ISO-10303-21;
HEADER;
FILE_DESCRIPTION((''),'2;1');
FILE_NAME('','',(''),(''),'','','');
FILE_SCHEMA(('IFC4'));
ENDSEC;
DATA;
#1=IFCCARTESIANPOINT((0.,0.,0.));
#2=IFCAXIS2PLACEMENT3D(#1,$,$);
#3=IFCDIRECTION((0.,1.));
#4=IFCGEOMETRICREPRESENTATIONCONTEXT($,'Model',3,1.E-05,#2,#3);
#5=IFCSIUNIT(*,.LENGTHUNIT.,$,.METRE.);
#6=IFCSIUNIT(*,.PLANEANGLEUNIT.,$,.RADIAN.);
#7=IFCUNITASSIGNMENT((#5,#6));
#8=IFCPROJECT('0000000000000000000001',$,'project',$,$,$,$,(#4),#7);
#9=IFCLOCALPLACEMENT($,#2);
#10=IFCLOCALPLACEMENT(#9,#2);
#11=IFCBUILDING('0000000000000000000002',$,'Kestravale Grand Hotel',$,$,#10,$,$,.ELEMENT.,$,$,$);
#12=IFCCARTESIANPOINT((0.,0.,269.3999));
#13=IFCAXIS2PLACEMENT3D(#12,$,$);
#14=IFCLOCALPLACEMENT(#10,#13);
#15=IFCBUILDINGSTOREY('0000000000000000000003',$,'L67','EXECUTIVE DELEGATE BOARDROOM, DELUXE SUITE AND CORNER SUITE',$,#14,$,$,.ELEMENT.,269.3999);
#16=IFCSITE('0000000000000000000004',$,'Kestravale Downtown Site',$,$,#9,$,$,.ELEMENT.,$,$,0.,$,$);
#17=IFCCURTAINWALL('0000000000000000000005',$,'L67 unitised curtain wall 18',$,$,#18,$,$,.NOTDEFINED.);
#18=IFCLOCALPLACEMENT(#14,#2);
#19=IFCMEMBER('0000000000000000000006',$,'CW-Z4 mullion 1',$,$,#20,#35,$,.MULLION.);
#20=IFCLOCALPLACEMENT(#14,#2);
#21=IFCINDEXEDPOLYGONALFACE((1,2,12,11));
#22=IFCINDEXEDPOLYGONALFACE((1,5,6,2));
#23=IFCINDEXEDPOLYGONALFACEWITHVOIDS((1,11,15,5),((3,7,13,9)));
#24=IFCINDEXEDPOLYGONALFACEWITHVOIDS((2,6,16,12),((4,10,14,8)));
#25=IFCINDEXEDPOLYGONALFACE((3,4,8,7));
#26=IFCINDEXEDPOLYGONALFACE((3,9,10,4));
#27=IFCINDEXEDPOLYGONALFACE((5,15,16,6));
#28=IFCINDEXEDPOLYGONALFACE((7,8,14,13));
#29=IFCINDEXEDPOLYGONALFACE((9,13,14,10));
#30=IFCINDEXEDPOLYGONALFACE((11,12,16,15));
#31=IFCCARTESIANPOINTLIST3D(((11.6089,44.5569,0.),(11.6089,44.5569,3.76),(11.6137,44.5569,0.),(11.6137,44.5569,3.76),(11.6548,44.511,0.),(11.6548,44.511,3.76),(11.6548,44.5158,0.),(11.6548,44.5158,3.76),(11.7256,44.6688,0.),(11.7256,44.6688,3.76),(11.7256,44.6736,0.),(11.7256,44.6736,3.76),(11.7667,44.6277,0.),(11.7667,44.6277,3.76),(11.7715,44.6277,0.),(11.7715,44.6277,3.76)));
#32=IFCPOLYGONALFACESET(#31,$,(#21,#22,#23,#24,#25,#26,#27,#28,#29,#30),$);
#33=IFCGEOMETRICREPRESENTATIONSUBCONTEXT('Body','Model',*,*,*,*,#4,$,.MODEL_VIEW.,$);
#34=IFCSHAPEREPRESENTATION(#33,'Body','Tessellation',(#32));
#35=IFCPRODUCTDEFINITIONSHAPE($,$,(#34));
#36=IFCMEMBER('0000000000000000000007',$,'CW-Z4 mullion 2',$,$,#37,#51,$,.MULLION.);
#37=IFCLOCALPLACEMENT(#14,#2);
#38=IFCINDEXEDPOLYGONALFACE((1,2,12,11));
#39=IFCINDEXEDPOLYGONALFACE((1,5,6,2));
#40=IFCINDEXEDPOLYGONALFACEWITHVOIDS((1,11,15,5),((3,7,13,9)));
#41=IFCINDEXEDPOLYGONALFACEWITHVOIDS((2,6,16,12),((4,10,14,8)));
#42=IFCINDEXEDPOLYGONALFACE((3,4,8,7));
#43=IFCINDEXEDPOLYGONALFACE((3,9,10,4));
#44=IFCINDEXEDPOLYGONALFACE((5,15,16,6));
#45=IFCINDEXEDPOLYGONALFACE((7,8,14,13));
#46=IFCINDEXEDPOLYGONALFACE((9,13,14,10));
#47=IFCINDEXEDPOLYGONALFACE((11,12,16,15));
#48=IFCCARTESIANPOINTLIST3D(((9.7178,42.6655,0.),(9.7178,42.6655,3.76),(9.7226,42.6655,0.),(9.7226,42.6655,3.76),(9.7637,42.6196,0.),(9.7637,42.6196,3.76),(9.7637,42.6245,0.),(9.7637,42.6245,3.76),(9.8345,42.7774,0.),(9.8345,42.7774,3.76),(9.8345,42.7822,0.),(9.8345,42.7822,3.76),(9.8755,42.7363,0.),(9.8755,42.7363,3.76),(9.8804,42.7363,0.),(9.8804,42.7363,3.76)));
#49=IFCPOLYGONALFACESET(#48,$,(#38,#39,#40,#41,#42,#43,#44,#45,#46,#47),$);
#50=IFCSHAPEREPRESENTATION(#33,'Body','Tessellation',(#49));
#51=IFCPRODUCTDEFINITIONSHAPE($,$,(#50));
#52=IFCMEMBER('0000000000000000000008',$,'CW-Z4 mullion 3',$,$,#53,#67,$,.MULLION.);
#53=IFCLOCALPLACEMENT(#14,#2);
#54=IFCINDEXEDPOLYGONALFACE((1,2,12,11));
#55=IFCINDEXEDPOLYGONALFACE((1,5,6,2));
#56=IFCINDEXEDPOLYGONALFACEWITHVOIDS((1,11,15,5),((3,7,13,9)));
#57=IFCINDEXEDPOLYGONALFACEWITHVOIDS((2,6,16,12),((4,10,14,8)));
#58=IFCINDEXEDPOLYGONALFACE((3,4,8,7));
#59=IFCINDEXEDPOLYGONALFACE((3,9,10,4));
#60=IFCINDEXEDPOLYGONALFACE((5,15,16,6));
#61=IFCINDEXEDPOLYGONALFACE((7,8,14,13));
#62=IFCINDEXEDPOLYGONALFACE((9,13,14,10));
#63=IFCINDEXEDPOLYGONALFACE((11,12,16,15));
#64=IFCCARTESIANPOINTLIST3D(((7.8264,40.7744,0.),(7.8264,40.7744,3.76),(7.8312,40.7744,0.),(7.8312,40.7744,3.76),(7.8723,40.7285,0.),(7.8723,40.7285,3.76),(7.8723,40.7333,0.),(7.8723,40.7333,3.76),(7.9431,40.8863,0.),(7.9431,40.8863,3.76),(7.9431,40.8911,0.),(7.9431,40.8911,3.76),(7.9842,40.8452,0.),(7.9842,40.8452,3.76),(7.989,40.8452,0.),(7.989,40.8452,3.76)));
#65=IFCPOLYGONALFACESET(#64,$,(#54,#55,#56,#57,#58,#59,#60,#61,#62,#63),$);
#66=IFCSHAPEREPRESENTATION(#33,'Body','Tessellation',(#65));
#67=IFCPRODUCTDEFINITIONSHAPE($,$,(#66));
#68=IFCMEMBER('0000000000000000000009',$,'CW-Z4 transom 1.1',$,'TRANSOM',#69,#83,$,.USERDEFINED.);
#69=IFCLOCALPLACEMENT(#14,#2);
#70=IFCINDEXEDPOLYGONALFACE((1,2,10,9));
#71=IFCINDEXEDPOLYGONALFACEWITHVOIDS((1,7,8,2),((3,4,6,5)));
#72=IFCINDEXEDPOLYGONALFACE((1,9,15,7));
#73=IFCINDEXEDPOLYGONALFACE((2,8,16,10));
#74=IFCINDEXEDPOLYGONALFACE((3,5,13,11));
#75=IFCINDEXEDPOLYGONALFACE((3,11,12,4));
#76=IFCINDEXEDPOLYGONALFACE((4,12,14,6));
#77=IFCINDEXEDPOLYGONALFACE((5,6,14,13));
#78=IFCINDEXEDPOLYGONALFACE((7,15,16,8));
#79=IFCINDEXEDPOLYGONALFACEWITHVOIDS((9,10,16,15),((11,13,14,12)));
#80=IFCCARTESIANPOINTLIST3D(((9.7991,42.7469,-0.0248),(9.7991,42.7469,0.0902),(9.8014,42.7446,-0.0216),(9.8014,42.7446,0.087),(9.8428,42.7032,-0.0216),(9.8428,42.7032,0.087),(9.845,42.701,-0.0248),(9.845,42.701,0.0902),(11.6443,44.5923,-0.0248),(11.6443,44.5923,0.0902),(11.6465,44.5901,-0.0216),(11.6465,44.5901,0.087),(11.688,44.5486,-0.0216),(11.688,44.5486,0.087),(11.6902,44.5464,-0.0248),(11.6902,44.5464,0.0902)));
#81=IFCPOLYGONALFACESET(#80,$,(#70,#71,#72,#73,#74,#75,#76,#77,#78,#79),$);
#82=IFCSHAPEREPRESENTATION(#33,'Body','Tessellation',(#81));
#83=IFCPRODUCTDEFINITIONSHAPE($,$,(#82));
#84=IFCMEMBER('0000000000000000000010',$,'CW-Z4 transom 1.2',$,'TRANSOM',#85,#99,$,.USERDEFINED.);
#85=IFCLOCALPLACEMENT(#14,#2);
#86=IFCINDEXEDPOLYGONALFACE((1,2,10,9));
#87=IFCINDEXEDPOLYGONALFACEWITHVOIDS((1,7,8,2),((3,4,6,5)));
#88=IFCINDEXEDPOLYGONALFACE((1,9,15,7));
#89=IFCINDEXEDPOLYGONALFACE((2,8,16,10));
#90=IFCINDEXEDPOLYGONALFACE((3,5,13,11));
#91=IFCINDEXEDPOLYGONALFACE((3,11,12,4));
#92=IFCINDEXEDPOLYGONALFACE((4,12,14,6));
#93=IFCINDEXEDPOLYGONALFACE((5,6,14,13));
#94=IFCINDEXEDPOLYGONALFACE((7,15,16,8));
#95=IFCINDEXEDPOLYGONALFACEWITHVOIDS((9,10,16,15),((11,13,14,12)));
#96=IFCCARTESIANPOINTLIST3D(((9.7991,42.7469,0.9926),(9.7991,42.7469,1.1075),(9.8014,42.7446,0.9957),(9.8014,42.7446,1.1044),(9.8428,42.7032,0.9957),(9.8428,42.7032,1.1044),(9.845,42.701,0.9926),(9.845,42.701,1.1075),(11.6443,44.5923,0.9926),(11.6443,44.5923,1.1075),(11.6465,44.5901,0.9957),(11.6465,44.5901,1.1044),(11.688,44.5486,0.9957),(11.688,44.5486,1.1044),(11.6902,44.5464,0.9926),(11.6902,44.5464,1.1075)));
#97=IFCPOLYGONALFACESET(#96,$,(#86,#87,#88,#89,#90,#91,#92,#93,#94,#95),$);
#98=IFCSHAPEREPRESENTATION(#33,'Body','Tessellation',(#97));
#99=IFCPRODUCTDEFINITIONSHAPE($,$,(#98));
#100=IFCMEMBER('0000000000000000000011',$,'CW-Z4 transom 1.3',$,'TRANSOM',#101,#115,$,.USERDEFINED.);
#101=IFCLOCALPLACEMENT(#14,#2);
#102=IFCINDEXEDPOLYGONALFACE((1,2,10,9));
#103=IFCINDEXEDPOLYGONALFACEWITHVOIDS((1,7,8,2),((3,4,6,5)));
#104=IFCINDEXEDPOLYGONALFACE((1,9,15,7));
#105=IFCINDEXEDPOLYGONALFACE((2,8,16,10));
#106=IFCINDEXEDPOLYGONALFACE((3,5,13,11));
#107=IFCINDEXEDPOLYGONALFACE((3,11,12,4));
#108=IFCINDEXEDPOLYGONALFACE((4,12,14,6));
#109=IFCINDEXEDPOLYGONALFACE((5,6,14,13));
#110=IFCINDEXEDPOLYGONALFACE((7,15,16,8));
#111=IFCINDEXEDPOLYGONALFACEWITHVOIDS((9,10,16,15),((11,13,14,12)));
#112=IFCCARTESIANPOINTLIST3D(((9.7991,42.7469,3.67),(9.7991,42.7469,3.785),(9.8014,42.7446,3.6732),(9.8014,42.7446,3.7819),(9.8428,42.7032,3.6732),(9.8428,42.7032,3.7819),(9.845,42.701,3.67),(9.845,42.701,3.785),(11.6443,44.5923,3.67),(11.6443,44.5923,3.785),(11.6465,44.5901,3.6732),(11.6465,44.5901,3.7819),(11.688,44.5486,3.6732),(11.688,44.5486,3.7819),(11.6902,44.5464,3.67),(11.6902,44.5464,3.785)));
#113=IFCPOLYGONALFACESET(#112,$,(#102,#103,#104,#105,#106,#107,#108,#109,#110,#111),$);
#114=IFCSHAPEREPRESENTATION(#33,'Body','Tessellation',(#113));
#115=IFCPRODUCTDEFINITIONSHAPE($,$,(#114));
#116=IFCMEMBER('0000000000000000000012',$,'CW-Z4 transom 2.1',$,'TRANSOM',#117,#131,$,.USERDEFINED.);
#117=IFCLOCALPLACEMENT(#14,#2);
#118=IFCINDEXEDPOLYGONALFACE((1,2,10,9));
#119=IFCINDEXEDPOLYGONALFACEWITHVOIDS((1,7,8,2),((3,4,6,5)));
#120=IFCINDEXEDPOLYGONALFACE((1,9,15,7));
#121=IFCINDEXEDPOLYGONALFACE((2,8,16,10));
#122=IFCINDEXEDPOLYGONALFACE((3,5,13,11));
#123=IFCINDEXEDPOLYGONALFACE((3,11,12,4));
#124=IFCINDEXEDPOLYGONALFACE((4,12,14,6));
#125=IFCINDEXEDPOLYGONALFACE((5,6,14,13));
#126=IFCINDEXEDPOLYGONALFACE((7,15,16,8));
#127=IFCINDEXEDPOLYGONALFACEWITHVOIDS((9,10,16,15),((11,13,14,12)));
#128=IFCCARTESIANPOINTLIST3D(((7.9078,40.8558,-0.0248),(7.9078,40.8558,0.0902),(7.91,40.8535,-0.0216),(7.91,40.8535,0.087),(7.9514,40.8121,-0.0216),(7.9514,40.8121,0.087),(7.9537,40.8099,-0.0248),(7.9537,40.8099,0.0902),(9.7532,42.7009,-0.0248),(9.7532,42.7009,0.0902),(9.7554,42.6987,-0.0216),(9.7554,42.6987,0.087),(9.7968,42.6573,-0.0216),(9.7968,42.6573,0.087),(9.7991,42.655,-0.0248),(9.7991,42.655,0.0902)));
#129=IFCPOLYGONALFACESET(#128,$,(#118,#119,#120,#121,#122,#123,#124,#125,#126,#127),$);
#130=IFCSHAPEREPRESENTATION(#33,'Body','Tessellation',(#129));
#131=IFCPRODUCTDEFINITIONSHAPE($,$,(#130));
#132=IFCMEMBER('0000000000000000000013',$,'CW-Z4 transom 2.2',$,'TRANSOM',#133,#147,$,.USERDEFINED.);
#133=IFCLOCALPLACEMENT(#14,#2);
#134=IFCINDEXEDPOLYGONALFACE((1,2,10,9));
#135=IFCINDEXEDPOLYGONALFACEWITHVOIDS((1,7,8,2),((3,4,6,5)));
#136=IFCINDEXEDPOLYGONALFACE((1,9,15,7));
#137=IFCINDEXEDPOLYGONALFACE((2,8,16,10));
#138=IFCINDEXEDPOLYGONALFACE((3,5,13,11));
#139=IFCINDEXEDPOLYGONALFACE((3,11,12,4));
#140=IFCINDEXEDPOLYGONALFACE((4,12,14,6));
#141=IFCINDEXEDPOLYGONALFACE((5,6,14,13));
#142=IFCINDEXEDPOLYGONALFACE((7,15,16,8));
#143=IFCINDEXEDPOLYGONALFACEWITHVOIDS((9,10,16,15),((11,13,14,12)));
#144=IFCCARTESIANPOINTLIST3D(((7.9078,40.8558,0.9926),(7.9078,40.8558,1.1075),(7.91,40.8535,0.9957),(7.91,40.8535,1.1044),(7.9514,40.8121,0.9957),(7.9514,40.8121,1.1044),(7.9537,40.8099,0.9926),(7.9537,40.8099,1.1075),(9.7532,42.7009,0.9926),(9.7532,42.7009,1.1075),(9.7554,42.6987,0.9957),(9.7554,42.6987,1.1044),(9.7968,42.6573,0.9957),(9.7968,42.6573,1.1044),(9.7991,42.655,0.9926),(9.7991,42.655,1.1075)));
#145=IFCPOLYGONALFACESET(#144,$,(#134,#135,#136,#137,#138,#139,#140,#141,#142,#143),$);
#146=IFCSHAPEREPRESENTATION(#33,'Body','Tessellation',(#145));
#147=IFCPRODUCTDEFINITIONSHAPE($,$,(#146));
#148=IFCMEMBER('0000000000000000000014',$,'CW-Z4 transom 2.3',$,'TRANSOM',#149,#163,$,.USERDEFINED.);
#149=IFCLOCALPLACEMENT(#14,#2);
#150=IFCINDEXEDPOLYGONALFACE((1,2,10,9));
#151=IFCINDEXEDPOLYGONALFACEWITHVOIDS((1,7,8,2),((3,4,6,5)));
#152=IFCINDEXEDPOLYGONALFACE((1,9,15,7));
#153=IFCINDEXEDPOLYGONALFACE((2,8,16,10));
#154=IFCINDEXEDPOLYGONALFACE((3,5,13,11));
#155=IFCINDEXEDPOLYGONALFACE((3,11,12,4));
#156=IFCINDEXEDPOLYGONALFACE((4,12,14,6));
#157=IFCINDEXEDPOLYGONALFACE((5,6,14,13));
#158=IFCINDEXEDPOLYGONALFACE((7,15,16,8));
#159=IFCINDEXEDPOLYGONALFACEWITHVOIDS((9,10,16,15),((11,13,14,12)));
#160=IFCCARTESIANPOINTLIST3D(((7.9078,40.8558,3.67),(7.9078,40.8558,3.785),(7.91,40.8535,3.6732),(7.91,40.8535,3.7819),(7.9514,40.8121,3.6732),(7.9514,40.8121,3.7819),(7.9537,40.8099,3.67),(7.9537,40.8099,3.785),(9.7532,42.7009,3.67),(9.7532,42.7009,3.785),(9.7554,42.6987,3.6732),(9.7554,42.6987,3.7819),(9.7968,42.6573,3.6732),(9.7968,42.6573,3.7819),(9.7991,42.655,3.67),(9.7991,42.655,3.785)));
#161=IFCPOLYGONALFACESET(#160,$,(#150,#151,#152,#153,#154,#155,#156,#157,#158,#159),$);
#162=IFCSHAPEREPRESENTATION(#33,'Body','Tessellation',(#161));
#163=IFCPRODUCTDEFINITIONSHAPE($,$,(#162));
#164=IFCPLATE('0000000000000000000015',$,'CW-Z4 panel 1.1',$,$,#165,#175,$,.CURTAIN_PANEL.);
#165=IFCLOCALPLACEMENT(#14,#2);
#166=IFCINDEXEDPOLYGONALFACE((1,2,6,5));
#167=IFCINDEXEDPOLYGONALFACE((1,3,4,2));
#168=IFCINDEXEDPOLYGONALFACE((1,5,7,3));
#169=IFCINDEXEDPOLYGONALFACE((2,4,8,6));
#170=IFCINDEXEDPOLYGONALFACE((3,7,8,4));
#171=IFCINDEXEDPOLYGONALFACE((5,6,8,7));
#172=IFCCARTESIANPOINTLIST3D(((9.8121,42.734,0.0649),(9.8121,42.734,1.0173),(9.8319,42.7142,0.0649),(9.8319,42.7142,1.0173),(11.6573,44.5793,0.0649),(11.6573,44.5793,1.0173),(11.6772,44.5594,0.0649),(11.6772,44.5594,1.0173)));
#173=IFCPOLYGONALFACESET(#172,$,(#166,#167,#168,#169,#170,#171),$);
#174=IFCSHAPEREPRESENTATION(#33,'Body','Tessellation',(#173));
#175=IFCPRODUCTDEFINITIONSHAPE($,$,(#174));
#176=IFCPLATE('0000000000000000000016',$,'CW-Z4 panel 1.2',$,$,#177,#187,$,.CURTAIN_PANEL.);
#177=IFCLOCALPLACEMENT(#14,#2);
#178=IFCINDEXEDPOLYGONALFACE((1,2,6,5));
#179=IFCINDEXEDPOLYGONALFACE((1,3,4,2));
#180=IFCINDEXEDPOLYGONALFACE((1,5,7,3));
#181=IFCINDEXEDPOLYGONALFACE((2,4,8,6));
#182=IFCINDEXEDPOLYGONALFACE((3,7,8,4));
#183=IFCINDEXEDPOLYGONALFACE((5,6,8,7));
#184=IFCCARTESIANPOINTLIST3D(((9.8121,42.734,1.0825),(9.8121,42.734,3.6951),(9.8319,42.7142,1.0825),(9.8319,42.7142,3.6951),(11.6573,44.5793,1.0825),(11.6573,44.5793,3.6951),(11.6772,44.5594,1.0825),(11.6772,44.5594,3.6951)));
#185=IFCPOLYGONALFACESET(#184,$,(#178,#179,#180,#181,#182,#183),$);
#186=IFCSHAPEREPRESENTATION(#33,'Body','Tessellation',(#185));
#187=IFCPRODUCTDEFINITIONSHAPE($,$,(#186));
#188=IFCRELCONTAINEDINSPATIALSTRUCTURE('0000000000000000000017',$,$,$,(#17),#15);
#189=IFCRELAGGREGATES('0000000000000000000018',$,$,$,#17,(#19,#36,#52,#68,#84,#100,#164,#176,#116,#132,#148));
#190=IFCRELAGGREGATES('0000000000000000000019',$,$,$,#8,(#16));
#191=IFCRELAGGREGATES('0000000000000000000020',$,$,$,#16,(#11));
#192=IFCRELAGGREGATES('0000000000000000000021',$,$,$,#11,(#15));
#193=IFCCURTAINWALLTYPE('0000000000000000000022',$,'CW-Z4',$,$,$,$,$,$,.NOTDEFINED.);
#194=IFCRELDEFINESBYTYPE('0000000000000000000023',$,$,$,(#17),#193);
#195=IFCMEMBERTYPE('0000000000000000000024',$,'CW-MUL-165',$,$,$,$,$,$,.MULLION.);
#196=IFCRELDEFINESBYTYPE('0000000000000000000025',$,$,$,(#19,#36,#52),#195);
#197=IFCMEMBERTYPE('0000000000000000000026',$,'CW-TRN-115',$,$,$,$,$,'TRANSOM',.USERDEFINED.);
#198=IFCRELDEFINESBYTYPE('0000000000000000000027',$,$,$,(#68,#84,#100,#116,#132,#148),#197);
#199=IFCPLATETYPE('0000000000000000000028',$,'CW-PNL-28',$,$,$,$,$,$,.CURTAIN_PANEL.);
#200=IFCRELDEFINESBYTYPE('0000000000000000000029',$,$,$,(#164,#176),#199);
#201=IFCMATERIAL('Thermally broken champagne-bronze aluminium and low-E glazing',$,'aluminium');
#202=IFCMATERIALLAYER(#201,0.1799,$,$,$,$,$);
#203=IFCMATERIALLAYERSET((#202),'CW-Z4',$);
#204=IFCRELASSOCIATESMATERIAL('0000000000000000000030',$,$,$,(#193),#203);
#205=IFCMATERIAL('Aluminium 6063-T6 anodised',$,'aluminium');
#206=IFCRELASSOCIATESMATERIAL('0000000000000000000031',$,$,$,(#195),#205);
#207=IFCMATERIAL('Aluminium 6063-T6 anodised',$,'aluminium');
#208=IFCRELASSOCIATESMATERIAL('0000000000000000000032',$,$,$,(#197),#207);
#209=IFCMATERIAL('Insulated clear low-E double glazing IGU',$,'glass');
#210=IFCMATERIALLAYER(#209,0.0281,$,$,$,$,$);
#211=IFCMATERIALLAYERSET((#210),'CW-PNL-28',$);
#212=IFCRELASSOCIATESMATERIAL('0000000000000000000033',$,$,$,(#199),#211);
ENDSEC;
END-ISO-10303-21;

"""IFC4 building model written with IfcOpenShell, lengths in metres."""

from ifc_helpers import new_model, si_unit, direction, frame, origin, origin_2d, place, context, subcontext, project, spatial, rectangle, hollow_rectangle, extrude, material, layer, layer_set, material_profile, profile_set, type_object, element, aggregate, save


model = new_model("IFC4")

# Units and contexts
model_context = context("Model", 3, precision=1e-05, world=origin(), true_north=direction((0.0, 1.0)))
body_context = subcontext(model_context, "Body", "Model", "MODEL_VIEW")
ifc_project = project(units=[si_unit("LENGTHUNIT", "METRE"), si_unit("PLANEANGLEUNIT", "RADIAN")], contexts=[model_context])

# Site, building, storey
site_placement = place(None, origin())
site = spatial("IfcSite", under=ifc_project, at=site_placement, Name="Kestravale Downtown Site", CompositionType="ELEMENT", RefElevation=0.0)
building_placement = place(site_placement, origin())
building = spatial("IfcBuilding", under=site, at=building_placement, Name="Kestravale Grand Hotel", CompositionType="ELEMENT")
storey_placement = place(building_placement, frame((0.0, 0.0, 269.3999)))
storey = spatial("IfcBuildingStorey", under=building, at=storey_placement, Name="L67", Description="EXECUTIVE DELEGATE BOARDROOM, DELUXE SUITE AND CORNER SUITE", CompositionType="ELEMENT", Elevation=269.3999)

# Curtain wall, members, plates
ifc_material_1 = material(Name="Thermally broken champagne-bronze aluminium and low-E glazing", Category="aluminium")
ifc_layer_1 = layer(ifc_material_1, 0.1799)
ifc_layer_set_1 = layer_set([ifc_layer_1], Name="CW-Z4")
curtain_wall_type = type_object("IfcCurtainWallType", Name="CW-Z4", PredefinedType="NOTDEFINED", material=ifc_layer_set_1)
curtain_wall_placement = place(storey_placement, origin())
curtain_wall = element("IfcCurtainWall", 1, at=curtain_wall_placement, inside=storey, type_object=curtain_wall_type, Name="L67 unitised curtain wall 18", PredefinedType="NOTDEFINED")
ifc_material_2 = material(Name="Aluminium 6063-T6 anodised", Category="aluminium")
ifc_material_profile_1 = material_profile(ifc_material_2, hollow_rectangle(XDim=0.0649, YDim=0.165, WallThickness=0.0034, at=origin_2d()))
ifc_profile_set_1 = profile_set([ifc_material_profile_1], Name="Aluminium 6063-T6 anodised")
member_type_1 = type_object("IfcMemberType", Name="CW-MUL-165", PredefinedType="MULLION", material=ifc_profile_set_1)
member_1_placement = place(storey_placement, frame((11.6902, 44.5923, 0.0), z_axis=(0.0, 0.0, 1.0), x_axis=(0.707107, -0.707107, 0.0)))
member_1 = element("IfcMember", 2, at=member_1_placement, type_object=member_type_1, Name="CW-Z4 mullion 1", PredefinedType="MULLION", context=body_context, shape_type="SweptSolid", body=[
    extrude(hollow_rectangle(XDim=0.0649, YDim=0.165, WallThickness=0.0034, at=origin_2d()), origin(), (0.0, 0.0, 1.0), 3.76),
])
member_2_placement = place(storey_placement, frame((9.7991, 42.7009, 0.0), z_axis=(0.0, 0.0, 1.0), x_axis=(0.707107, -0.707107, 0.0)))
member_2 = element("IfcMember", 3, at=member_2_placement, type_object=member_type_1, Name="CW-Z4 mullion 2", PredefinedType="MULLION", context=body_context, shape_type="SweptSolid", body=[
    extrude(hollow_rectangle(XDim=0.0649, YDim=0.165, WallThickness=0.0034, at=origin_2d()), origin(), (0.0, 0.0, 1.0), 3.76),
])
member_3_placement = place(storey_placement, frame((7.9077, 40.8098, 0.0), z_axis=(0.0, 0.0, 1.0), x_axis=(0.707107, -0.707107, 0.0)))
member_3 = element("IfcMember", 4, at=member_3_placement, type_object=member_type_1, Name="CW-Z4 mullion 3", PredefinedType="MULLION", context=body_context, shape_type="SweptSolid", body=[
    extrude(hollow_rectangle(XDim=0.0649, YDim=0.165, WallThickness=0.0034, at=origin_2d()), origin(), (0.0, 0.0, 1.0), 3.76),
])
ifc_material_3 = material(Name="Aluminium 6063-T6 anodised", Category="aluminium")
ifc_material_profile_2 = material_profile(ifc_material_3, hollow_rectangle(XDim=0.0649, YDim=0.115, WallThickness=0.0032, at=origin_2d()))
ifc_profile_set_2 = profile_set([ifc_material_profile_2], Name="Aluminium 6063-T6 anodised")
member_type_2 = type_object("IfcMemberType", Name="CW-TRN-115", ElementType="TRANSOM", PredefinedType="USERDEFINED", material=ifc_profile_set_2)
member_4_placement = place(storey_placement, frame((11.6672, 44.5693, 0.0327), z_axis=(-0.70706, -0.707154, 0.0), x_axis=(0.707154, -0.70706, 0.0)))
member_4 = element("IfcMember", 5, at=member_4_placement, type_object=member_type_2, Name="CW-Z4 transom 1.1", ObjectType="TRANSOM", PredefinedType="USERDEFINED", context=body_context, shape_type="SweptSolid", body=[
    extrude(hollow_rectangle(XDim=0.0649, YDim=0.115, WallThickness=0.0032, at=origin_2d()), origin(), (0.0, 0.0, 1.0), 2.6096),
])
member_5_placement = place(storey_placement, frame((11.6672, 44.5693, 1.05), z_axis=(-0.70706, -0.707154, 0.0), x_axis=(0.707154, -0.70706, 0.0)))
member_5 = element("IfcMember", 6, at=member_5_placement, type_object=member_type_2, Name="CW-Z4 transom 1.2", ObjectType="TRANSOM", PredefinedType="USERDEFINED", context=body_context, shape_type="SweptSolid", body=[
    extrude(hollow_rectangle(XDim=0.0649, YDim=0.115, WallThickness=0.0032, at=origin_2d()), origin(), (0.0, 0.0, 1.0), 2.6096),
])
member_6_placement = place(storey_placement, frame((11.6672, 44.5693, 3.7275), z_axis=(-0.70706, -0.707154, 0.0), x_axis=(0.707154, -0.70706, 0.0)))
member_6 = element("IfcMember", 7, at=member_6_placement, type_object=member_type_2, Name="CW-Z4 transom 1.3", ObjectType="TRANSOM", PredefinedType="USERDEFINED", context=body_context, shape_type="SweptSolid", body=[
    extrude(hollow_rectangle(XDim=0.0649, YDim=0.115, WallThickness=0.0032, at=origin_2d()), origin(), (0.0, 0.0, 1.0), 2.6096),
])
member_7_placement = place(storey_placement, frame((9.7761, 42.678, 0.0327), z_axis=(-0.707154, -0.70706, 0.0), x_axis=(0.70706, -0.707154, 0.0)))
member_7 = element("IfcMember", 8, at=member_7_placement, type_object=member_type_2, Name="CW-Z4 transom 2.1", ObjectType="TRANSOM", PredefinedType="USERDEFINED", context=body_context, shape_type="SweptSolid", body=[
    extrude(hollow_rectangle(XDim=0.0649, YDim=0.115, WallThickness=0.0032, at=origin_2d()), origin(), (0.0, 0.0, 1.0), 2.6096),
])
member_8_placement = place(storey_placement, frame((9.7761, 42.678, 1.05), z_axis=(-0.707154, -0.70706, 0.0), x_axis=(0.70706, -0.707154, 0.0)))
member_8 = element("IfcMember", 9, at=member_8_placement, type_object=member_type_2, Name="CW-Z4 transom 2.2", ObjectType="TRANSOM", PredefinedType="USERDEFINED", context=body_context, shape_type="SweptSolid", body=[
    extrude(hollow_rectangle(XDim=0.0649, YDim=0.115, WallThickness=0.0032, at=origin_2d()), origin(), (0.0, 0.0, 1.0), 2.6096),
])
member_9_placement = place(storey_placement, frame((9.7761, 42.678, 3.7275), z_axis=(-0.707154, -0.70706, 0.0), x_axis=(0.70706, -0.707154, 0.0)))
member_9 = element("IfcMember", 10, at=member_9_placement, type_object=member_type_2, Name="CW-Z4 transom 2.3", ObjectType="TRANSOM", PredefinedType="USERDEFINED", context=body_context, shape_type="SweptSolid", body=[
    extrude(hollow_rectangle(XDim=0.0649, YDim=0.115, WallThickness=0.0032, at=origin_2d()), origin(), (0.0, 0.0, 1.0), 2.6096),
])
ifc_material_4 = material(Name="Insulated clear low-E double glazing IGU", Category="glass")
ifc_layer_2 = layer(ifc_material_4, 0.0281)
ifc_layer_set_2 = layer_set([ifc_layer_2], Name="CW-PNL-28")
plate_type = type_object("IfcPlateType", Name="CW-PNL-28", PredefinedType="CURTAIN_PANEL", material=ifc_layer_set_2)
plate_1_placement = place(storey_placement, frame((10.7446, 43.6467, 0.0649), z_axis=(0.0, 0.0, 1.0), x_axis=(-0.707107, -0.707107, 0.0)))
plate_1 = element("IfcPlate", 11, at=plate_1_placement, type_object=plate_type, Name="CW-Z4 panel 1.1", PredefinedType="CURTAIN_PANEL", context=body_context, shape_type="SweptSolid", body=[
    extrude(rectangle(XDim=2.6096, YDim=0.0281, at=origin_2d()), origin(), (0.0, 0.0, 1.0), 0.9524),
])
plate_2_placement = place(storey_placement, frame((10.7446, 43.6467, 1.0825), z_axis=(0.0, 0.0, 1.0), x_axis=(-0.707107, -0.707107, 0.0)))
plate_2 = element("IfcPlate", 12, at=plate_2_placement, type_object=plate_type, Name="CW-Z4 panel 1.2", PredefinedType="CURTAIN_PANEL", context=body_context, shape_type="SweptSolid", body=[
    extrude(rectangle(XDim=2.6096, YDim=0.0281, at=origin_2d()), origin(), (0.0, 0.0, 1.0), 2.6125),
])
aggregate(curtain_wall, [member_1, member_2, member_3, member_4, member_5, member_6, plate_1, plate_2, member_7, member_8, member_9])

save(model, "model.ifc")
